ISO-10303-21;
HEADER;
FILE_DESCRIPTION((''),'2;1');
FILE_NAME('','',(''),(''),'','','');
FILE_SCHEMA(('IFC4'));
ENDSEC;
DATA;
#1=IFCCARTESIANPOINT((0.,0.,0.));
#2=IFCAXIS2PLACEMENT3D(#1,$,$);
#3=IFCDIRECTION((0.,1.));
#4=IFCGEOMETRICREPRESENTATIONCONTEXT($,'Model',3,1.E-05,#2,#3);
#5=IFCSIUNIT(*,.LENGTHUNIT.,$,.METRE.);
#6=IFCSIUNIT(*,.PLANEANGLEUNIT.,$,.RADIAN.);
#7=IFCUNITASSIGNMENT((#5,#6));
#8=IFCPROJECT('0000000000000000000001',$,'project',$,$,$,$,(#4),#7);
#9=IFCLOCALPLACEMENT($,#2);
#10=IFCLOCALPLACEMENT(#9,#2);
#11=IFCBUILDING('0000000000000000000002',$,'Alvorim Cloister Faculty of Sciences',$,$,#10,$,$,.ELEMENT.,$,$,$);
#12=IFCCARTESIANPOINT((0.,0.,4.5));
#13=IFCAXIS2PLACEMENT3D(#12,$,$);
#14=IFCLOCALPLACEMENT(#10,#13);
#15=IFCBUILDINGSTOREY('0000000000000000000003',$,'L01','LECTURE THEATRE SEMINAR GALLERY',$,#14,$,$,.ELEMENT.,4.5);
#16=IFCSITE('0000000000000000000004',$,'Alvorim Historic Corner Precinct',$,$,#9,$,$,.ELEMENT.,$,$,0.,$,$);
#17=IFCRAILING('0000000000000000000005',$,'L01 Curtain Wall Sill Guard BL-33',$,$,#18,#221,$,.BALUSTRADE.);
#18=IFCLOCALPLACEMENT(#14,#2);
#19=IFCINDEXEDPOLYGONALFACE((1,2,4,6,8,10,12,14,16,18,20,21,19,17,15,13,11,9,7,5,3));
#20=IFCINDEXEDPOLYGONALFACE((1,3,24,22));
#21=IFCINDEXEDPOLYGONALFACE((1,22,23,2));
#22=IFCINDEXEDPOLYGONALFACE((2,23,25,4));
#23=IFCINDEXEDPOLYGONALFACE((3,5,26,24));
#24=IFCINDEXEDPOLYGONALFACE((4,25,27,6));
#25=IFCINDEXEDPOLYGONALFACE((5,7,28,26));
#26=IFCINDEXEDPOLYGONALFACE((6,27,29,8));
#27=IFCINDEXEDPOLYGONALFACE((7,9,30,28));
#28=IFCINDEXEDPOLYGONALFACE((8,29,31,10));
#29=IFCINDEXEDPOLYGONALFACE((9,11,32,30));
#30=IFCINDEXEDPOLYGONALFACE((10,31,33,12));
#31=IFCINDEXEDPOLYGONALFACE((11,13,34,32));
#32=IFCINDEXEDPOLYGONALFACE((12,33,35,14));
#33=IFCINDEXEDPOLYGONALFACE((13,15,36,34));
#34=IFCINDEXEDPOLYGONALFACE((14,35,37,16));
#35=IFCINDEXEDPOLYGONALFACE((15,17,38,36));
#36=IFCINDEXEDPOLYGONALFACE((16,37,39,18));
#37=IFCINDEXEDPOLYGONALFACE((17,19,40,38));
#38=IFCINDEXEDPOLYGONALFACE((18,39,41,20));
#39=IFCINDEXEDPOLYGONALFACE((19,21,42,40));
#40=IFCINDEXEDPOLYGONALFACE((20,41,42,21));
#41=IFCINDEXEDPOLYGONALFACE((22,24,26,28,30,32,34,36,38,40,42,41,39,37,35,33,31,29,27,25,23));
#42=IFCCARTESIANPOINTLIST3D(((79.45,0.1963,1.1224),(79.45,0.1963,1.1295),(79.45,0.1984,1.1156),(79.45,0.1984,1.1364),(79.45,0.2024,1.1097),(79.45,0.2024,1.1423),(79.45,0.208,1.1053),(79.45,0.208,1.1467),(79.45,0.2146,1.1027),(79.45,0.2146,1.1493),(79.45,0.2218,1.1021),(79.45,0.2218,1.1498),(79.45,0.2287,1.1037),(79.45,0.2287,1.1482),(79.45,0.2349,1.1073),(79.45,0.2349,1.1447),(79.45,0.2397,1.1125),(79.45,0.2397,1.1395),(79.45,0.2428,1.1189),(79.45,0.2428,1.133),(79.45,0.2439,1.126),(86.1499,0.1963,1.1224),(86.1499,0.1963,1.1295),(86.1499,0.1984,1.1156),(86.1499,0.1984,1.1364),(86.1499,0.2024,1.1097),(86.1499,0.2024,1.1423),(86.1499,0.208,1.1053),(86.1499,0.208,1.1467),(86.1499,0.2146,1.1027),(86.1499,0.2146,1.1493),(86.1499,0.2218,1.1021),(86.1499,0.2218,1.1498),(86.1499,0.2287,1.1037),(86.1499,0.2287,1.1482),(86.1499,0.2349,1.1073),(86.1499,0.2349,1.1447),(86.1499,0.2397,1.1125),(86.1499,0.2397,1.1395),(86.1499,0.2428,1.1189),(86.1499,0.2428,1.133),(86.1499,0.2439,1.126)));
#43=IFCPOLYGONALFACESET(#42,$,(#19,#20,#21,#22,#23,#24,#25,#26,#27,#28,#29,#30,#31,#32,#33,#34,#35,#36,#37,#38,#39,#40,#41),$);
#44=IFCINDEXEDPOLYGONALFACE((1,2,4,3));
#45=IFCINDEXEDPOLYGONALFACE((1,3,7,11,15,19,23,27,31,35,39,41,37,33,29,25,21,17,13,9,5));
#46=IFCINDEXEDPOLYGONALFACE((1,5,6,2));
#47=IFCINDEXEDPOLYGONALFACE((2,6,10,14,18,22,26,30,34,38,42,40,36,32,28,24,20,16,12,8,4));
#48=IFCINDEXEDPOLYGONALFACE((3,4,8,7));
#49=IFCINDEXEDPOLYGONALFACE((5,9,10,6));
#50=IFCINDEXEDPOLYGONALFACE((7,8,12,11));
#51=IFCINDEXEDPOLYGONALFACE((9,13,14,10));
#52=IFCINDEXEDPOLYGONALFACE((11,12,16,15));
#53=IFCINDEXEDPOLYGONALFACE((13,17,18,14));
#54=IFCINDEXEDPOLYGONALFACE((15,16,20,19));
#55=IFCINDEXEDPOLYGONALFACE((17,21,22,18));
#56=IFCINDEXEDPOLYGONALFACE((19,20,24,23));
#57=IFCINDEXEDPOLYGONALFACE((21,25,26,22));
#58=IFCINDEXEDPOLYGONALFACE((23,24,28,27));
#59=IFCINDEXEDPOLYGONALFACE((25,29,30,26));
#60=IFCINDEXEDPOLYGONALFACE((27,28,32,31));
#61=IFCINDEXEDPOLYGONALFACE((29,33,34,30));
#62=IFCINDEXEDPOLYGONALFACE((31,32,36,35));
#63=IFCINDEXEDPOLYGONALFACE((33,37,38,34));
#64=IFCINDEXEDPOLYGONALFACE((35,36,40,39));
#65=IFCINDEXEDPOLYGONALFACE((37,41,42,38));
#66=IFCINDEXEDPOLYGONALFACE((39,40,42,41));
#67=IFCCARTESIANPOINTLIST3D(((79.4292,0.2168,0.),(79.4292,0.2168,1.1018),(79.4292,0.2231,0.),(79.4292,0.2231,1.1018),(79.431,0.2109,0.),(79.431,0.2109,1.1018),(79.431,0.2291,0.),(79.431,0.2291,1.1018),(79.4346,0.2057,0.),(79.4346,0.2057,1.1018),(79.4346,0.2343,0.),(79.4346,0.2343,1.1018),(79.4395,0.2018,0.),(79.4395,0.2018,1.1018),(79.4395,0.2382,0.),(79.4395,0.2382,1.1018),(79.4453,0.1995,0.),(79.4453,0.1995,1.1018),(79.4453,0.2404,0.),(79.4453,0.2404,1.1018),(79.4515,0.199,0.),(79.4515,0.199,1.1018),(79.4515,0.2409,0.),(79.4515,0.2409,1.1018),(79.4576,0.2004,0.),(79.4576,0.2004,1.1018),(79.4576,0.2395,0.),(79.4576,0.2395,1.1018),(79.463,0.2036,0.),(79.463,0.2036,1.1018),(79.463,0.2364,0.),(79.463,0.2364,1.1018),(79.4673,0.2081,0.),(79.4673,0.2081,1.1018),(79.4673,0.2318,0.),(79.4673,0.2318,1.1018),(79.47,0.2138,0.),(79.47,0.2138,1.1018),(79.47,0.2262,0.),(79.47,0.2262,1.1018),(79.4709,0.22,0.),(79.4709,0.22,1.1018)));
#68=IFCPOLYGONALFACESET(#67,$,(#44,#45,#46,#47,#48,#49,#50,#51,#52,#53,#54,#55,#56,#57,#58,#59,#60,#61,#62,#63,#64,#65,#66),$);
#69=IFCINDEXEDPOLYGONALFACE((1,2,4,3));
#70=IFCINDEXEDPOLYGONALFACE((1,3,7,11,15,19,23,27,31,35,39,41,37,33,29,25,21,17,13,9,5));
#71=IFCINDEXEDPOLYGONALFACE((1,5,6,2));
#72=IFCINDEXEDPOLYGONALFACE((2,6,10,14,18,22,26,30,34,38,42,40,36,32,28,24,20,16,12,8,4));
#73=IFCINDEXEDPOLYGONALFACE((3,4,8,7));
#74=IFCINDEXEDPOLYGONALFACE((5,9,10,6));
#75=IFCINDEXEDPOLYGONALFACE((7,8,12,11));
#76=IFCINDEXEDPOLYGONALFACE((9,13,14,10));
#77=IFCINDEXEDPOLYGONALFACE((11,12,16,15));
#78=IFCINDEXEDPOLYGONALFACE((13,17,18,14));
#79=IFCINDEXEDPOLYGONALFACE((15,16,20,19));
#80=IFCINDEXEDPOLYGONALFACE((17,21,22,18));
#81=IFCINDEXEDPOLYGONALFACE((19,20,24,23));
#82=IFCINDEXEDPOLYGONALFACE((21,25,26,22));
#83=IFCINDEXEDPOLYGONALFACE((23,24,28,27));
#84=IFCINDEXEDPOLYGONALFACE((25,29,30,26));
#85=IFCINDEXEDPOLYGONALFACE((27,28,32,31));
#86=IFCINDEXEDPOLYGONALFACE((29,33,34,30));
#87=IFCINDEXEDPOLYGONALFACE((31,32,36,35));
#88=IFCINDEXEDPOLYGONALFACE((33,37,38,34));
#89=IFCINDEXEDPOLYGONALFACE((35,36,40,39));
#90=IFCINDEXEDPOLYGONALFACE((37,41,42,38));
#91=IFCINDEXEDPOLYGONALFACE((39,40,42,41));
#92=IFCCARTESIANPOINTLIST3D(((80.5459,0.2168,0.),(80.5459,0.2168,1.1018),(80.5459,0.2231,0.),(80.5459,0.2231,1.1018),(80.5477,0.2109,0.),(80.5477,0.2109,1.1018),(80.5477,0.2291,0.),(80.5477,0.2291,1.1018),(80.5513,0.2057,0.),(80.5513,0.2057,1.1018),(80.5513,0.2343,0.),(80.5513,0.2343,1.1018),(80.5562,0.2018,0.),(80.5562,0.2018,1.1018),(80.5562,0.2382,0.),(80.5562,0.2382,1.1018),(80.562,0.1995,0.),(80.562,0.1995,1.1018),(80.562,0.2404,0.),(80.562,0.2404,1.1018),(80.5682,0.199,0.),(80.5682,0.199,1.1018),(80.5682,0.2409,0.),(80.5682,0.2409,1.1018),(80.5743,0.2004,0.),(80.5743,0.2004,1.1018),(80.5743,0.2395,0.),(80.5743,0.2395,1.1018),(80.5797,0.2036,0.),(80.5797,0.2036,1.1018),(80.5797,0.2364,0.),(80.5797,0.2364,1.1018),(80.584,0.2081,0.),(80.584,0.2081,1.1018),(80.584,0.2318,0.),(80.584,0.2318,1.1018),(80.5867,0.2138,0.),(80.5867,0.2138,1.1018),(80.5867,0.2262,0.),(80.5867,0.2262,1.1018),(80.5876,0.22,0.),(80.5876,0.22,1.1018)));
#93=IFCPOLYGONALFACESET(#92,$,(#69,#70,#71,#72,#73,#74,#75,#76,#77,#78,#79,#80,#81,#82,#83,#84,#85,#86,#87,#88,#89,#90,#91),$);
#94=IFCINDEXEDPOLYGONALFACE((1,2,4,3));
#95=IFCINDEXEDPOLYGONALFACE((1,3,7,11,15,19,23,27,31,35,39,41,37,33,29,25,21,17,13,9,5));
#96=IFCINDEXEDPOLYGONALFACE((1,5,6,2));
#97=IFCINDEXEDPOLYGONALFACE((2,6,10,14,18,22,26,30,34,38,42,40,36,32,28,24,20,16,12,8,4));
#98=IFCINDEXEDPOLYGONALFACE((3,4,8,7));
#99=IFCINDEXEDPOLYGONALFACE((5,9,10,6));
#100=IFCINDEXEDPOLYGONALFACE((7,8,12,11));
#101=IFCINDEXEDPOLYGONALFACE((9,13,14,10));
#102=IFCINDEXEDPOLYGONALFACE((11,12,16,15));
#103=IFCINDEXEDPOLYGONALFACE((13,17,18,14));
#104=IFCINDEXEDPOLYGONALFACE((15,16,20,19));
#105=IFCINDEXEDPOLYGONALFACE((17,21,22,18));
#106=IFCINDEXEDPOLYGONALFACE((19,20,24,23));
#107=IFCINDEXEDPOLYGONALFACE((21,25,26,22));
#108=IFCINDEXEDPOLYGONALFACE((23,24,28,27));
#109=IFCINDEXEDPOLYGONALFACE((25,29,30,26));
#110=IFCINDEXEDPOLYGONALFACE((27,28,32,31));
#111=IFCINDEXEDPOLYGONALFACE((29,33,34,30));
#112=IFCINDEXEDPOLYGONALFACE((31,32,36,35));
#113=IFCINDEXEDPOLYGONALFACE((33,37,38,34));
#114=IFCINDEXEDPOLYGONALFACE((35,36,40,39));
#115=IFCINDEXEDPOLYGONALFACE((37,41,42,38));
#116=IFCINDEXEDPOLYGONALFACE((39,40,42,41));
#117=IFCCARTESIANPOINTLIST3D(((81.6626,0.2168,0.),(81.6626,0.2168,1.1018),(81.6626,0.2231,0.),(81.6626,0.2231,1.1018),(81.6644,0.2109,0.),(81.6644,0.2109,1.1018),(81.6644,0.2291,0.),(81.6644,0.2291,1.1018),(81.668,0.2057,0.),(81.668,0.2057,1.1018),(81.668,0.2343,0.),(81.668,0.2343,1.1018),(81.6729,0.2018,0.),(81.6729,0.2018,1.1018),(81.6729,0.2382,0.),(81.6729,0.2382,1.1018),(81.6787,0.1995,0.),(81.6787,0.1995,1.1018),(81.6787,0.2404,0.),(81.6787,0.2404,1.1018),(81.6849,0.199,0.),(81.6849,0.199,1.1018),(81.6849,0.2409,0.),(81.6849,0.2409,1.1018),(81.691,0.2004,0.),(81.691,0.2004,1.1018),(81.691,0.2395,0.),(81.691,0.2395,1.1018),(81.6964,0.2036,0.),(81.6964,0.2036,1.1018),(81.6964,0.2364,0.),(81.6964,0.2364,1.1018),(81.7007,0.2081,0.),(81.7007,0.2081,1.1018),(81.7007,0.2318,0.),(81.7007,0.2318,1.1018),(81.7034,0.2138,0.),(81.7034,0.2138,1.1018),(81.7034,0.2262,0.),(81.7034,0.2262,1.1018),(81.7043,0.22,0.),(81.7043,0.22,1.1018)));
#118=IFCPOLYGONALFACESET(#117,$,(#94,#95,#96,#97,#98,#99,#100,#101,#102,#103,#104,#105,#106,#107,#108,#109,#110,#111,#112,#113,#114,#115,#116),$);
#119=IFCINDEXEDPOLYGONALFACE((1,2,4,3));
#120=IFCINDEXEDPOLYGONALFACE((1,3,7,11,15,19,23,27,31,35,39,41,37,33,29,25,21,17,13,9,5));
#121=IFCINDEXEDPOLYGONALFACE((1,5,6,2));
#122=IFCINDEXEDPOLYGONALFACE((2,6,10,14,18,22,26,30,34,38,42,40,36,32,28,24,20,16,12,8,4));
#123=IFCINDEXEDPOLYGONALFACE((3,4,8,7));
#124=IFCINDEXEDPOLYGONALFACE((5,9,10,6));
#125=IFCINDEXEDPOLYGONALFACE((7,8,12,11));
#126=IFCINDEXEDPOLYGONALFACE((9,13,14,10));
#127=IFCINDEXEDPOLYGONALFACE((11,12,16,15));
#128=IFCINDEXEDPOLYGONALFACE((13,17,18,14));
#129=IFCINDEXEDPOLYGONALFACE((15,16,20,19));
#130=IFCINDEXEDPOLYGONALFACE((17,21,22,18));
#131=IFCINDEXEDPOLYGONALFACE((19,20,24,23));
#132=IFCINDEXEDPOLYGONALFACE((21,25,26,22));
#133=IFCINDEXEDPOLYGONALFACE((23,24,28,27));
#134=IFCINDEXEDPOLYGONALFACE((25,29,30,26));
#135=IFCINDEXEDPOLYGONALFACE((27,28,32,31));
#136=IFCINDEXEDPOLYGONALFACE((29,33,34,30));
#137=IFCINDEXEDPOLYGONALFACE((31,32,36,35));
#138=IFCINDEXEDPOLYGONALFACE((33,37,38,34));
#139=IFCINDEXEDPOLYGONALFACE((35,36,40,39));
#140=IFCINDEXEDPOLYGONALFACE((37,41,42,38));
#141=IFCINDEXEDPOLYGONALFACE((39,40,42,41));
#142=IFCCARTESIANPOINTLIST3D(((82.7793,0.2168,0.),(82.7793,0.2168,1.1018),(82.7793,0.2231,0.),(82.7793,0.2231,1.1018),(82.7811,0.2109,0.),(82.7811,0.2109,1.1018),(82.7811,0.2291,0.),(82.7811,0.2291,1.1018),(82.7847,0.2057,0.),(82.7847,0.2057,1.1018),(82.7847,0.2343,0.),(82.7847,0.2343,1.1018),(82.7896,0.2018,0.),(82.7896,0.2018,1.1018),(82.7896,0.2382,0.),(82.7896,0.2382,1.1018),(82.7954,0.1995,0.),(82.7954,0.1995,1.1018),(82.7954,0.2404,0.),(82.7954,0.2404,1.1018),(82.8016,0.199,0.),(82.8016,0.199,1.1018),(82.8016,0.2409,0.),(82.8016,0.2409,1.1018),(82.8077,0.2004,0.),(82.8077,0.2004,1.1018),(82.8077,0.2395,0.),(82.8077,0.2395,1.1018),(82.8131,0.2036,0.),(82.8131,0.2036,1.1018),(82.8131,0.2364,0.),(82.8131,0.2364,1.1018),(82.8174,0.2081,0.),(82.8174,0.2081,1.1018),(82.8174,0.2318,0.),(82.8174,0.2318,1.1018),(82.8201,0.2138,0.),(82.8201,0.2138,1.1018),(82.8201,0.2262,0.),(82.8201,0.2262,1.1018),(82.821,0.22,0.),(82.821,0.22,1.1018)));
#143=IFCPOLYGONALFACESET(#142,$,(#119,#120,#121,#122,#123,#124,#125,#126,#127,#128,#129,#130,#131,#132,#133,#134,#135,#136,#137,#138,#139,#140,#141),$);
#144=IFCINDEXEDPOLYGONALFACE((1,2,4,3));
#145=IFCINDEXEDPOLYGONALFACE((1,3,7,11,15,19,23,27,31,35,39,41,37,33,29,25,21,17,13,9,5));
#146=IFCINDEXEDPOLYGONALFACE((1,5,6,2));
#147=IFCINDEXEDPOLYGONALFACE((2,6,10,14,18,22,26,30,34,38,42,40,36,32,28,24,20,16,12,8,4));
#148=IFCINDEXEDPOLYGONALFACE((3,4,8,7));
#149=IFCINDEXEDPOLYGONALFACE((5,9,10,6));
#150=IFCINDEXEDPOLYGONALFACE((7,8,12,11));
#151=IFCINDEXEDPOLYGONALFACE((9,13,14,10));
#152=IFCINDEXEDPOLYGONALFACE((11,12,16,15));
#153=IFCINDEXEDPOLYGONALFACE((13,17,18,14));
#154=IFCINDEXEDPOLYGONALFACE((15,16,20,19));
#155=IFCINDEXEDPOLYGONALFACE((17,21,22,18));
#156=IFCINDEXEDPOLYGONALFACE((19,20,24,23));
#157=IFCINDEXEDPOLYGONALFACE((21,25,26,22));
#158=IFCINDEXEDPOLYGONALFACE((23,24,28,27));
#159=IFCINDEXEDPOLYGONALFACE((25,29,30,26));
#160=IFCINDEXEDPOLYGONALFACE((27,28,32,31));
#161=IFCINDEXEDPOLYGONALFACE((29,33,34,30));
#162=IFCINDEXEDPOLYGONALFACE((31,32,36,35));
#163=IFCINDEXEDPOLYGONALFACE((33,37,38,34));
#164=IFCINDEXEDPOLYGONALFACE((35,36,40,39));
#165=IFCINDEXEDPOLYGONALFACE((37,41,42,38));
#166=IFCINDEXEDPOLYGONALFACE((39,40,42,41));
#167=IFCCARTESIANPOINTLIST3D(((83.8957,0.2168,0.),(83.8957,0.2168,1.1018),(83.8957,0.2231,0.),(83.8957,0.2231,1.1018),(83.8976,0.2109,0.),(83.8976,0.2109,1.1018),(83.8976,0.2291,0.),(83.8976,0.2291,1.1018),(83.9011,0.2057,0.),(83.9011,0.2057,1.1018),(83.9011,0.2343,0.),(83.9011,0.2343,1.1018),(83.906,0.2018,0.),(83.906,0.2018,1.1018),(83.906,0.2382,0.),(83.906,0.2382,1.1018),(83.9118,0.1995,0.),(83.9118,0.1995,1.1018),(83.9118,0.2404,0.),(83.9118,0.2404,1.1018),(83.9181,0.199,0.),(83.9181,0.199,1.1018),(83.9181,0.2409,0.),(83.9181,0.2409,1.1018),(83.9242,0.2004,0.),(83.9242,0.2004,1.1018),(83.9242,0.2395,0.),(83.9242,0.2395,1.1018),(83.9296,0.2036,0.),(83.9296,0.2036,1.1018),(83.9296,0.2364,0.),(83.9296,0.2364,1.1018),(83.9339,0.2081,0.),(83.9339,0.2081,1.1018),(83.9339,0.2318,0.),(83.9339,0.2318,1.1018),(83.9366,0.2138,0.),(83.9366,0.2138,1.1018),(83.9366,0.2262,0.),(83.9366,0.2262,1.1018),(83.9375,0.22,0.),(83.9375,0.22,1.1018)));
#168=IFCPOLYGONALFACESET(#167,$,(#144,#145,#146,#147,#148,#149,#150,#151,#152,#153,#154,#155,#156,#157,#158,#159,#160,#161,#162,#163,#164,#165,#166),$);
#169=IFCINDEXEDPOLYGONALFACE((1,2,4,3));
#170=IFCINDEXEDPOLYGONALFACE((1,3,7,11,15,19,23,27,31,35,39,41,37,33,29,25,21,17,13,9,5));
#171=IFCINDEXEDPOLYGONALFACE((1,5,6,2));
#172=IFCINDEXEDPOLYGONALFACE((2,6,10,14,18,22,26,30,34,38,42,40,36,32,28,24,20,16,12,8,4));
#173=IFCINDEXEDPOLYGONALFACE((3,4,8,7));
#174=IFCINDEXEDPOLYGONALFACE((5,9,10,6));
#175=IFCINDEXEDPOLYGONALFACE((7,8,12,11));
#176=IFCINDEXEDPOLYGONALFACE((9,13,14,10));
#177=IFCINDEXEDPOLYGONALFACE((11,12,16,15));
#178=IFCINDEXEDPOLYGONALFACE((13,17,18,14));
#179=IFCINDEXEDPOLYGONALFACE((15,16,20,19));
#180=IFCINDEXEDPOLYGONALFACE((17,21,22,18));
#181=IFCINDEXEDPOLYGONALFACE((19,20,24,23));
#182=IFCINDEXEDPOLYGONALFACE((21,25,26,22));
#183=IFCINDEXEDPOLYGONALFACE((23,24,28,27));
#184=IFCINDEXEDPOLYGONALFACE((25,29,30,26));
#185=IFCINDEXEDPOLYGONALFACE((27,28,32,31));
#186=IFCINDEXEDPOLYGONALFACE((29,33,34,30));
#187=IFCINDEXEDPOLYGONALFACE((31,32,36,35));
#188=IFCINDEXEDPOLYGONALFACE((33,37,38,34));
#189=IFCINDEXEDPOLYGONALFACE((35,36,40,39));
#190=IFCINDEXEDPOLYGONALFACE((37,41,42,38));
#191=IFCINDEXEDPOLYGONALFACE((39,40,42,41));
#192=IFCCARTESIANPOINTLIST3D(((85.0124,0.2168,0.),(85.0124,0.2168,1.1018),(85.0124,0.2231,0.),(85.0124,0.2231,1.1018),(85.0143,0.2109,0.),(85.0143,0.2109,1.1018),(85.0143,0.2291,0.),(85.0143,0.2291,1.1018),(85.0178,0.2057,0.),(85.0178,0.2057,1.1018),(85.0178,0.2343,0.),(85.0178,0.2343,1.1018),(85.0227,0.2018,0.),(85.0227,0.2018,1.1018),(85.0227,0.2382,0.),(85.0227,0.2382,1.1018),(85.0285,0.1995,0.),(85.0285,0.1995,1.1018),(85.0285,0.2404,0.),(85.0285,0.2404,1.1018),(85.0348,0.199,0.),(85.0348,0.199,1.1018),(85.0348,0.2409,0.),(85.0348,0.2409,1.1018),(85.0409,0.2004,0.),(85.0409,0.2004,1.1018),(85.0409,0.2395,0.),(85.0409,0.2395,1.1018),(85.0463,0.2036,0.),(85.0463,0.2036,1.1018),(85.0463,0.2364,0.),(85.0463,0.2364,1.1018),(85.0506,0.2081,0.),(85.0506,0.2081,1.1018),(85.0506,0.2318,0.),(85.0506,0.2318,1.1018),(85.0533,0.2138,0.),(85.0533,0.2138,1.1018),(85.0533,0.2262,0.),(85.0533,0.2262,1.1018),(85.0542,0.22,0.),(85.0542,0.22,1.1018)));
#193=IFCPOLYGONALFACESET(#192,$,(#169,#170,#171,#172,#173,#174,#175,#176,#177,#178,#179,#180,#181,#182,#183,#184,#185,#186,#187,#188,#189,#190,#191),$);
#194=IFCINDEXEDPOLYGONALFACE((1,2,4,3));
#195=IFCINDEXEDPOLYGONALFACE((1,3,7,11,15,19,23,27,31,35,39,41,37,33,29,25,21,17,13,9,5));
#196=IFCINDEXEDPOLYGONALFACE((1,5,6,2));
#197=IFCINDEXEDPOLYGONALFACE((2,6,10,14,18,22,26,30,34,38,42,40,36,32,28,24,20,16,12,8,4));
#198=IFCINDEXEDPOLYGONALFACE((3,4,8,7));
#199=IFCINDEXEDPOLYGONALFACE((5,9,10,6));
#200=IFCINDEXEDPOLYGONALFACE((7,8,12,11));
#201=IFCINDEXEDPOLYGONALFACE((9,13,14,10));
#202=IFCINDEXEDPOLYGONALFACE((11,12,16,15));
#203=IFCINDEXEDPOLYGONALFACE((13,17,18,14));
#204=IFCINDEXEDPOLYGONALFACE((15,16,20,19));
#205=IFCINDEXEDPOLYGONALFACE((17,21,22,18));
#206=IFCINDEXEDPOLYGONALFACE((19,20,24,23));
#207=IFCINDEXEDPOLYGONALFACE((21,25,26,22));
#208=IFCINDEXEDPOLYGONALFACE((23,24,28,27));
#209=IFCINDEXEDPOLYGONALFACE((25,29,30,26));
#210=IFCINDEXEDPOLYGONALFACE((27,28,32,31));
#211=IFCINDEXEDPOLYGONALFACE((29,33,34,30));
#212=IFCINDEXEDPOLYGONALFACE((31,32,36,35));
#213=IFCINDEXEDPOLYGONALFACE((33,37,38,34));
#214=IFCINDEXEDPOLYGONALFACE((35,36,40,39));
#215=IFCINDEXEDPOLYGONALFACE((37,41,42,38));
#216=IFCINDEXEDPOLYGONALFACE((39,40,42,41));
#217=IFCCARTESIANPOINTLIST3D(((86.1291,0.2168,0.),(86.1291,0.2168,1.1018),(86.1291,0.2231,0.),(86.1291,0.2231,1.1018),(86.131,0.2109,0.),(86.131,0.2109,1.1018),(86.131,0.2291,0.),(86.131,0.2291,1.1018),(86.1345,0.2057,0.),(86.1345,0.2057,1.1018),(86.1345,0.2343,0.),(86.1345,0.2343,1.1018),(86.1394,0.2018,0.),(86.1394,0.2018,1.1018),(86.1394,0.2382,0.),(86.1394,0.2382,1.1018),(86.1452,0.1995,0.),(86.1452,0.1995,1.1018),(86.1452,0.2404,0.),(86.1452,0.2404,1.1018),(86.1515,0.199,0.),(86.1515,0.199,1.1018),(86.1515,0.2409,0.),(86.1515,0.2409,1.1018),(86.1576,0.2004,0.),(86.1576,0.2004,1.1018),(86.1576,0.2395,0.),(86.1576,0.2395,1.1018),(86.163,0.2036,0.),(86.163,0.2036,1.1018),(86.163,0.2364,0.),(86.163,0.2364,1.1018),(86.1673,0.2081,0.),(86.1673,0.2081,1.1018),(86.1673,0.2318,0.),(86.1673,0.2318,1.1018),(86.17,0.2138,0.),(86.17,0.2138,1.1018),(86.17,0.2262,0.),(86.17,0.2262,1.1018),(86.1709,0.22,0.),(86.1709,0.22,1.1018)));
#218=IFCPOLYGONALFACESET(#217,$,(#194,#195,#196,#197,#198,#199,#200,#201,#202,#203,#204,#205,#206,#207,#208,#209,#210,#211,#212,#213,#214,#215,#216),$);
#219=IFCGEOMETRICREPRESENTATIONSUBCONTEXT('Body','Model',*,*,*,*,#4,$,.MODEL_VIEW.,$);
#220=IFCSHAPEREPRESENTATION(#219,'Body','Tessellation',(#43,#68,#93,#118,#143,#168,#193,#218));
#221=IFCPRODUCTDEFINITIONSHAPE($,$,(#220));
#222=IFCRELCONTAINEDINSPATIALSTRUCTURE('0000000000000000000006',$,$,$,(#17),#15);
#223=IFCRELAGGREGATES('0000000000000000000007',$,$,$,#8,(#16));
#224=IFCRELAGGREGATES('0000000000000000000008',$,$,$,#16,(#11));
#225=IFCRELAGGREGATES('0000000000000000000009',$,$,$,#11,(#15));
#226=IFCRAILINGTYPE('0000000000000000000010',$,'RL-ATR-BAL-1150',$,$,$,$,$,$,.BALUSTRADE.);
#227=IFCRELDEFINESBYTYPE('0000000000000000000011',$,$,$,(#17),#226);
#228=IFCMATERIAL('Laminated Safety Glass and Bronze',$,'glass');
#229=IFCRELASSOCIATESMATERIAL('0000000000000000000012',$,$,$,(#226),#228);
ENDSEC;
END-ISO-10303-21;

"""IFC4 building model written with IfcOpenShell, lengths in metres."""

from ifc_helpers import new_model, si_unit, direction, frame, origin, origin_2d, place, context, subcontext, project, spatial, circle, extrude, material, type_object, element, save


model = new_model("IFC4")

# Units and contexts
model_context = context("Model", 3, precision=1e-05, world=origin(), true_north=direction((0.0, 1.0)))
body_context = subcontext(model_context, "Body", "Model", "MODEL_VIEW")
ifc_project = project(units=[si_unit("LENGTHUNIT", "METRE"), si_unit("PLANEANGLEUNIT", "RADIAN")], contexts=[model_context])

# Site, building, storey
site_placement = place(None, origin())
site = spatial("IfcSite", under=ifc_project, at=site_placement, Name="Alvorim Historic Corner Precinct", CompositionType="ELEMENT", RefElevation=0.0)
building_placement = place(site_placement, origin())
building = spatial("IfcBuilding", under=site, at=building_placement, Name="Alvorim Cloister Faculty of Sciences", CompositionType="ELEMENT")
storey_placement = place(building_placement, frame((0.0, 0.0, 4.5)))
storey = spatial("IfcBuildingStorey", under=building, at=storey_placement, Name="L01", Description="LECTURE THEATRE SEMINAR GALLERY", CompositionType="ELEMENT", Elevation=4.5)

# Railing
ifc_material_1 = material(Name="Laminated Safety Glass and Bronze", Category="glass")
railing_type = type_object("IfcRailingType", Name="RL-ATR-BAL-1150", PredefinedType="BALUSTRADE", material=ifc_material_1)
railing_1_placement = place(storey_placement, frame((79.45, 0.22, 0.0)))
element("IfcRailing", 1, at=railing_1_placement, inside=storey, type_object=railing_type, Name="L01 Curtain Wall Sill Guard BL-33", PredefinedType="BALUSTRADE", context=body_context, shape_type="SweptSolid", body=[
    extrude(circle(Radius=0.0239, at=origin_2d()), frame((0.0, 0.0, 1.126), z_axis=(1.0, 0.0, 0.0), x_axis=(0.0, 1.0, 0.0)), (0.0, 0.0, 1.0), 6.7),
    extrude(circle(Radius=0.021, at=origin_2d()), origin(), (0.0, 0.0, 1.0), 1.1018),
    extrude(circle(Radius=0.021, at=origin_2d()), frame((1.1167, 0.0, 0.0)), (0.0, 0.0, 1.0), 1.1018),
    extrude(circle(Radius=0.021, at=origin_2d()), frame((2.2334, 0.0, 0.0)), (0.0, 0.0, 1.0), 1.1018),
    extrude(circle(Radius=0.021, at=origin_2d()), frame((3.3501, 0.0, 0.0)), (0.0, 0.0, 1.0), 1.1018),
    extrude(circle(Radius=0.021, at=origin_2d()), frame((4.4666, 0.0, 0.0)), (0.0, 0.0, 1.0), 1.1018),
    extrude(circle(Radius=0.021, at=origin_2d()), frame((5.5833, 0.0, 0.0)), (0.0, 0.0, 1.0), 1.1018),
    extrude(circle(Radius=0.021, at=origin_2d()), frame((6.7, 0.0, 0.0)), (0.0, 0.0, 1.0), 1.1018),
])

save(model, "model.ifc")
